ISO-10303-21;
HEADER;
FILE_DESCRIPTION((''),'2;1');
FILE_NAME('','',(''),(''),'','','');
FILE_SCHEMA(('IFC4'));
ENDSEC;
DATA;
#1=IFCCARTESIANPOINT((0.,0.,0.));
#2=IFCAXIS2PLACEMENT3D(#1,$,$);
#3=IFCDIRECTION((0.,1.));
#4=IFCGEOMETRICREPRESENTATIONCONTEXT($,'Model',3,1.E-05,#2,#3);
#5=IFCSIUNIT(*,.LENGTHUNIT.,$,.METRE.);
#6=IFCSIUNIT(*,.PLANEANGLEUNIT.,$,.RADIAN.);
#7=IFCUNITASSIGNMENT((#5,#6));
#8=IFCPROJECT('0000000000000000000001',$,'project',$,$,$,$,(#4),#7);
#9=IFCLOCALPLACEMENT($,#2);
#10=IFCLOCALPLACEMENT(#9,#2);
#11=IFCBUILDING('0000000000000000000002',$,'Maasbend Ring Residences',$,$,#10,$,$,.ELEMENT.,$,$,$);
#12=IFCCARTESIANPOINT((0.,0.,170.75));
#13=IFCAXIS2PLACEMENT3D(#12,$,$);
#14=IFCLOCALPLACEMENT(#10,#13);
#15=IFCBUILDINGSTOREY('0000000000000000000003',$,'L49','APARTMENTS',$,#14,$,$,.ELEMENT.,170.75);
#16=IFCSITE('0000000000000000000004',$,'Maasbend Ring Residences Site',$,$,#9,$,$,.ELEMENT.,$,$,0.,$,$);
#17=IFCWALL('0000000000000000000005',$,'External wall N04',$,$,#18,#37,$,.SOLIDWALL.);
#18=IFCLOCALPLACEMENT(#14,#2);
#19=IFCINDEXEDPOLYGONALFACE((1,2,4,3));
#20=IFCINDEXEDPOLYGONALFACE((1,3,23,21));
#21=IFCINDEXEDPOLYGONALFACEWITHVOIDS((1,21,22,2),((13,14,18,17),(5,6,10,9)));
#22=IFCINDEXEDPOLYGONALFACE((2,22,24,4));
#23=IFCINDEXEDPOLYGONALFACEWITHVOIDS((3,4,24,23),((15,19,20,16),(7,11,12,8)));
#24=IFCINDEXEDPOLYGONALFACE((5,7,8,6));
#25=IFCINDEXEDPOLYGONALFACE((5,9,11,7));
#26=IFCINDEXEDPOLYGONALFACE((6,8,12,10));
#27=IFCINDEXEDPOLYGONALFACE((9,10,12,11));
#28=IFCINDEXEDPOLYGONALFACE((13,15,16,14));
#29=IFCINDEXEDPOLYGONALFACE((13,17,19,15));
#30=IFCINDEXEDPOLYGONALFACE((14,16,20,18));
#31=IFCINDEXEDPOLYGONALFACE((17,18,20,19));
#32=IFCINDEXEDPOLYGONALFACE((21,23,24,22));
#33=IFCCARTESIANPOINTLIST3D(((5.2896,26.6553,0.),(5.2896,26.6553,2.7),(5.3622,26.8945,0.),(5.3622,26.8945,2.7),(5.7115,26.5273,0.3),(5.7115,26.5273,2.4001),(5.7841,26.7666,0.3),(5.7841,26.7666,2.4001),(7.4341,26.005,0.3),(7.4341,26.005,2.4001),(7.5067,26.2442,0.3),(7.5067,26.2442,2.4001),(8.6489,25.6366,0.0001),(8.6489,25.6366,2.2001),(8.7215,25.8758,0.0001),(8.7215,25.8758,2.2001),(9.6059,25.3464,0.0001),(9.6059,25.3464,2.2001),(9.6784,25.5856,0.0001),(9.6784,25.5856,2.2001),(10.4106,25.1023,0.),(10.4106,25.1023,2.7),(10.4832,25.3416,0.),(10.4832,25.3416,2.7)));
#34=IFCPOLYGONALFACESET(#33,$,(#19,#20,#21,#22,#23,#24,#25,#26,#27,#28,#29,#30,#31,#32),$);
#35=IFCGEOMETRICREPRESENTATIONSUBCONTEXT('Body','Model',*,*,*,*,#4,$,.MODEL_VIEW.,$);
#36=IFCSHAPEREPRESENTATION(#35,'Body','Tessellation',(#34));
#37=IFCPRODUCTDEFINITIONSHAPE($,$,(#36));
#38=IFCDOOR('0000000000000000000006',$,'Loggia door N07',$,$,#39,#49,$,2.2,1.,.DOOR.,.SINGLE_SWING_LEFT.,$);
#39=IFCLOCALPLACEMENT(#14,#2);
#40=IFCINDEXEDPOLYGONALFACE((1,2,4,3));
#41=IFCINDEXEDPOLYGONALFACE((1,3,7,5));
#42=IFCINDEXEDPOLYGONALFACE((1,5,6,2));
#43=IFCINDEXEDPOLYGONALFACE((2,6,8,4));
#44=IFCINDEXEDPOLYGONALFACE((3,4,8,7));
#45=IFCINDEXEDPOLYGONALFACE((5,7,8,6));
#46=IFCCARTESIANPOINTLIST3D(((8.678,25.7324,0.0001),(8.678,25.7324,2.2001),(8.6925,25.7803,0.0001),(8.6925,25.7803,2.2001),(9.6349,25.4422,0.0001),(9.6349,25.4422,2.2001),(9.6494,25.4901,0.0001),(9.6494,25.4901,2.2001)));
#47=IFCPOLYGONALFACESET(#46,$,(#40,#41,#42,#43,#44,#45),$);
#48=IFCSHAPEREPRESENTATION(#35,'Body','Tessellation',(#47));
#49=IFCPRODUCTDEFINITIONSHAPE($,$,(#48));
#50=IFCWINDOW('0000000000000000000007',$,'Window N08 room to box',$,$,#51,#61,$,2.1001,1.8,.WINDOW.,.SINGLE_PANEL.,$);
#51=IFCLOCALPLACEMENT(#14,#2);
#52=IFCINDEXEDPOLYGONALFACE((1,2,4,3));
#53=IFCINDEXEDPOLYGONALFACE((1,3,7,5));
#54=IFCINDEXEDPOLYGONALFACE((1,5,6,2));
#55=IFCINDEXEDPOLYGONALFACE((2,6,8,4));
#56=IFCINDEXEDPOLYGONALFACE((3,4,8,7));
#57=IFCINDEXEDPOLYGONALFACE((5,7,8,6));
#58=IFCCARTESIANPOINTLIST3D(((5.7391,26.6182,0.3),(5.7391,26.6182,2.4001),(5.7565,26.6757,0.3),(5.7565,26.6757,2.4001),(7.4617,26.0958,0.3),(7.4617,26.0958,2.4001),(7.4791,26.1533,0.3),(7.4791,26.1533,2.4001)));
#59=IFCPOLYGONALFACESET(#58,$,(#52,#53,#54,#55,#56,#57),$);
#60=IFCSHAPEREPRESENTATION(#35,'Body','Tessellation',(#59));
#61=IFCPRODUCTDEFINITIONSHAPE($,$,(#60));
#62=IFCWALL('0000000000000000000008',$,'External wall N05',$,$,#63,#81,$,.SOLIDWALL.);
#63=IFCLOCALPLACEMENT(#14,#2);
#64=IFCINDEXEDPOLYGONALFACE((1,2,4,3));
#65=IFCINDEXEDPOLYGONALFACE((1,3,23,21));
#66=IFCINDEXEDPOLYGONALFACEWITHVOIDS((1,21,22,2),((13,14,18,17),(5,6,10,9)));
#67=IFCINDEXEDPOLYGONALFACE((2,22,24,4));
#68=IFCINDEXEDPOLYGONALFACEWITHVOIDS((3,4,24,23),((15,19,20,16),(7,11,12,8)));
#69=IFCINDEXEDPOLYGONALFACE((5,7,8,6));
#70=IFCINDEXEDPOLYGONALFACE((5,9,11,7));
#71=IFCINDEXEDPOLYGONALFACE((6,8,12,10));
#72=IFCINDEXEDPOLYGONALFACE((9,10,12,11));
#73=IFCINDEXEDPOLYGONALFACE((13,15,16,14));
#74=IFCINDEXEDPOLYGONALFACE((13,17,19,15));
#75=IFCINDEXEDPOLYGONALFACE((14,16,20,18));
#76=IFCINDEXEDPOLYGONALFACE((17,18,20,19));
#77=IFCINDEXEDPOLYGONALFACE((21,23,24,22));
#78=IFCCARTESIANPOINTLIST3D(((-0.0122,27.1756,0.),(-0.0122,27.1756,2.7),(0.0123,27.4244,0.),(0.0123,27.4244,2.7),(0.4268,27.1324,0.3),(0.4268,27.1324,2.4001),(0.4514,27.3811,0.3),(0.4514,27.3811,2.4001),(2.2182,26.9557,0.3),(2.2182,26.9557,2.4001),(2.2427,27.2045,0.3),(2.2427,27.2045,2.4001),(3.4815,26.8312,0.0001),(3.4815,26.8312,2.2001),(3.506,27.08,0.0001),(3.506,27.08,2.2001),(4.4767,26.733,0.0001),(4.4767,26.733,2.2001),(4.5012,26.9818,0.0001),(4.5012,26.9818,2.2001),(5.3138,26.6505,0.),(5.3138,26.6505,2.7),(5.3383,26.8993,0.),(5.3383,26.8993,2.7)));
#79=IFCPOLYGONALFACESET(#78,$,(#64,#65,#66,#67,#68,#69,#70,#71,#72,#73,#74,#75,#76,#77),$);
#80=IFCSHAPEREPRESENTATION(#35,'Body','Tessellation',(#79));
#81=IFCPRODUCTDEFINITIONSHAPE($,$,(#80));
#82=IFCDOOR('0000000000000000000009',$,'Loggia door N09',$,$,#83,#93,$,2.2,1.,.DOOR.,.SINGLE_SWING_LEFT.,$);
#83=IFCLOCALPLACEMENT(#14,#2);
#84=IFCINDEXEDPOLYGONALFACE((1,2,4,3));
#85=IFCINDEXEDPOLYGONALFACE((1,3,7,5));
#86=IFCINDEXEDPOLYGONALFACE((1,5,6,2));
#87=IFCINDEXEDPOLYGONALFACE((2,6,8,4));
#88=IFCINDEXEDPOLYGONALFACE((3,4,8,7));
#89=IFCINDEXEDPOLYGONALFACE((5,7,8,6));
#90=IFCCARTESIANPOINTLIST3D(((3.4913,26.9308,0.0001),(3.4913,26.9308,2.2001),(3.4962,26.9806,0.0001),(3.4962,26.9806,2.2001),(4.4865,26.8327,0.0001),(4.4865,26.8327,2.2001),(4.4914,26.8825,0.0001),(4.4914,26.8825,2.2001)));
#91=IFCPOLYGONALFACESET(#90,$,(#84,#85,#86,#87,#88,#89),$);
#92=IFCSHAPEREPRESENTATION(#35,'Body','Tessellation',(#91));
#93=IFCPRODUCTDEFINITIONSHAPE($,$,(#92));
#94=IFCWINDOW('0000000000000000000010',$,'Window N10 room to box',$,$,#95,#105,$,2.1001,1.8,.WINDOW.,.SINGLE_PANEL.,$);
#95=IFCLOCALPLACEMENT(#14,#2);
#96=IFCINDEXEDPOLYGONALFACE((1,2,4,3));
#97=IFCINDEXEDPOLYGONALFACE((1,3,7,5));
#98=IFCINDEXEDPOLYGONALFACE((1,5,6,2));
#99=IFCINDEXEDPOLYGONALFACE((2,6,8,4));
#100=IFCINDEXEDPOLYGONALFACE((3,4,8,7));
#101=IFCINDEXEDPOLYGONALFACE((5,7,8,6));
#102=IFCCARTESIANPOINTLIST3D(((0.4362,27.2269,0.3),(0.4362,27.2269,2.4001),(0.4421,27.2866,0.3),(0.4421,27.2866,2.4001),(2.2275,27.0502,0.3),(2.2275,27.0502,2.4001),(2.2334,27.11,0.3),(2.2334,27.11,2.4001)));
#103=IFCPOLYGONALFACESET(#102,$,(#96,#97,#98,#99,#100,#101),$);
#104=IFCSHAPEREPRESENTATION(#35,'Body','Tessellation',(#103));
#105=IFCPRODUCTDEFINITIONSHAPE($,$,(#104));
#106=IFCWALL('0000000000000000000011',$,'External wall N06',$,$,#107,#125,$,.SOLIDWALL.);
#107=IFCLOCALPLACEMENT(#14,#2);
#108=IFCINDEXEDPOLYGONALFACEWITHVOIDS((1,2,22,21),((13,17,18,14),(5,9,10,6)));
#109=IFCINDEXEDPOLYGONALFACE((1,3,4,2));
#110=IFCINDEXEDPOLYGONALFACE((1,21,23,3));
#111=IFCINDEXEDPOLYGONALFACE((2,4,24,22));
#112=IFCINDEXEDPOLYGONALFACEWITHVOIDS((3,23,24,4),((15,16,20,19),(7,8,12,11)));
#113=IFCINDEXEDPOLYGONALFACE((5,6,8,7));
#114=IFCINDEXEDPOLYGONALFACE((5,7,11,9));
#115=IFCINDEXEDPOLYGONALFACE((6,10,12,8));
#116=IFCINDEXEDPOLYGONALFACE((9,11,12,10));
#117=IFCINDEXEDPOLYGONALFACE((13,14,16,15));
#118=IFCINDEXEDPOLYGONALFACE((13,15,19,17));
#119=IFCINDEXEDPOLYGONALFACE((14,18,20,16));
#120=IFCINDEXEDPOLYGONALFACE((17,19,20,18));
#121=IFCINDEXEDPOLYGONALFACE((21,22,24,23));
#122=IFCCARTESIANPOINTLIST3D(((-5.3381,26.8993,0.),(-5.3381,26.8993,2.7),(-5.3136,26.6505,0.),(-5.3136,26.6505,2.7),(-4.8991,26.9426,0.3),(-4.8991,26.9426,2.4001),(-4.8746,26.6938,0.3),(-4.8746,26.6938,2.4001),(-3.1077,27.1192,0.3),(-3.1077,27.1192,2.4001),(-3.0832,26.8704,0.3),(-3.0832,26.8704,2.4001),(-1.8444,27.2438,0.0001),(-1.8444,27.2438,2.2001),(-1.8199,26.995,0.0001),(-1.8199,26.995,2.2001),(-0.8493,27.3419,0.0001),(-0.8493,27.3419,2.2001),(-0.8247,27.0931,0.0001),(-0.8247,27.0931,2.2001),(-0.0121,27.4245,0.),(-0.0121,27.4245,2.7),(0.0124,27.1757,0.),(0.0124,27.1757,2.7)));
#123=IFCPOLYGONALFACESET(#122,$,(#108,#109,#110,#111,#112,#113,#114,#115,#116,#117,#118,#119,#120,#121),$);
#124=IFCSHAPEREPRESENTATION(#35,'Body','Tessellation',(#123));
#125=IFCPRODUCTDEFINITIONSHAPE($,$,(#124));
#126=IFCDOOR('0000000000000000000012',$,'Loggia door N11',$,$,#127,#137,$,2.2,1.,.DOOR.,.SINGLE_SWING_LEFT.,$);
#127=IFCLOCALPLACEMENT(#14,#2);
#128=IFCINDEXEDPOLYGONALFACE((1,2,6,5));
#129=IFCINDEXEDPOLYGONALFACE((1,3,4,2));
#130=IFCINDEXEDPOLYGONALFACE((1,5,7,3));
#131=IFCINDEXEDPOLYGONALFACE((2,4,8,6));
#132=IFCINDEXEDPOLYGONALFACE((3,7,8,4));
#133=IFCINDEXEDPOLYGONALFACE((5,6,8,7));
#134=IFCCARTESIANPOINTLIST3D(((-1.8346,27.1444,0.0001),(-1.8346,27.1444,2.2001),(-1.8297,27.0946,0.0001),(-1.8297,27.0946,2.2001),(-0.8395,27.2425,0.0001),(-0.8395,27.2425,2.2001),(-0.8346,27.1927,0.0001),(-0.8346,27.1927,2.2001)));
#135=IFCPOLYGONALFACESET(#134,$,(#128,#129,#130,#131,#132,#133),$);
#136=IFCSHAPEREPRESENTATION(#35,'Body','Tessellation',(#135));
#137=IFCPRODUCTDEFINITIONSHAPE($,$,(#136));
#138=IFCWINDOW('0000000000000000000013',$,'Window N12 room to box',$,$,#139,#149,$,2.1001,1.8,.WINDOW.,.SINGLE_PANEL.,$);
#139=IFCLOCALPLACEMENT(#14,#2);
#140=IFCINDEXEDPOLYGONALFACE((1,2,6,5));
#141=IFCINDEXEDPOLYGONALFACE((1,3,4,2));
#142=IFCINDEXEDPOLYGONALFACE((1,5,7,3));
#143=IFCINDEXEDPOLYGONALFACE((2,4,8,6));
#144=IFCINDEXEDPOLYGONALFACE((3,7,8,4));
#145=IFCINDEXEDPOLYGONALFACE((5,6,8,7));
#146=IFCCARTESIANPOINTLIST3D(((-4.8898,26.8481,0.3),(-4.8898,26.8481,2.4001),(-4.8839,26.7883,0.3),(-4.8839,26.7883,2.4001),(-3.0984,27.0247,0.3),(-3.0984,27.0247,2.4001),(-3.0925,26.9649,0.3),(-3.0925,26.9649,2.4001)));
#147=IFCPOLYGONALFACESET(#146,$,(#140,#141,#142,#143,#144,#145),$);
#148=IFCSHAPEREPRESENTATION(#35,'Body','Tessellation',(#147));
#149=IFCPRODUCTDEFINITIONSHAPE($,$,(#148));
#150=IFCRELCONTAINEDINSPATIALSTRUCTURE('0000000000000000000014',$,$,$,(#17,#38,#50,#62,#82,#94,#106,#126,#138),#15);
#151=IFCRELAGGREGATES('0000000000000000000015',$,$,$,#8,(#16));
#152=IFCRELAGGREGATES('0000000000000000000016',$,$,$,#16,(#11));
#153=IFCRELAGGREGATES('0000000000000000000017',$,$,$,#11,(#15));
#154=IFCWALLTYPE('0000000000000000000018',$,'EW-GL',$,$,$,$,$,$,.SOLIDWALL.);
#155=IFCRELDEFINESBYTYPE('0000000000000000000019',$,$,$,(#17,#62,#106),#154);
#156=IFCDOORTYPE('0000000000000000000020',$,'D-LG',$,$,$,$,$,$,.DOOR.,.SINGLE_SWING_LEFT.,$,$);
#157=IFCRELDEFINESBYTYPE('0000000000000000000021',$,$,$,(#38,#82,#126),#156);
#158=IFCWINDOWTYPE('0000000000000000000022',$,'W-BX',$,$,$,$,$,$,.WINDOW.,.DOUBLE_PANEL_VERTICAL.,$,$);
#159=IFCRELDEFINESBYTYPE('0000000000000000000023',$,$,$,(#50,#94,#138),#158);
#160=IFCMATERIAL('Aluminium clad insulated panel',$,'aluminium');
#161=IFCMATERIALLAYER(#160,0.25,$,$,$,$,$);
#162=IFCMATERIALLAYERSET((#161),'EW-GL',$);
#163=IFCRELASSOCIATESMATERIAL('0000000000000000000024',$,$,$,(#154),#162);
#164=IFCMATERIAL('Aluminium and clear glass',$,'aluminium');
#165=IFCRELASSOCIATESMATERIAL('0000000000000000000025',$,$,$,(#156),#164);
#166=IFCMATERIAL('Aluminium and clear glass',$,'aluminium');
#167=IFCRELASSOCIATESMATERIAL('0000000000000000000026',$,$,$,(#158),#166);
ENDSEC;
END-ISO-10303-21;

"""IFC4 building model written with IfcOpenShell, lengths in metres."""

from ifc_helpers import new_model, si_unit, direction, frame, frame_2d, origin, place, context, subcontext, project, spatial, rectangle, extrude, material, layer, layer_set, type_object, element, fill, save


model = new_model("IFC4")

# Units and contexts
model_context = context("Model", 3, precision=1e-05, world=origin(), true_north=direction((0.0, 1.0)))
body_context = subcontext(model_context, "Body", "Model", "MODEL_VIEW")
ifc_project = project(units=[si_unit("LENGTHUNIT", "METRE"), si_unit("PLANEANGLEUNIT", "RADIAN")], contexts=[model_context])

# Site, building, storey
site_placement = place(None, origin())
site = spatial("IfcSite", under=ifc_project, at=site_placement, Name="Maasbend Ring Residences Site", CompositionType="ELEMENT", RefElevation=0.0)
building_placement = place(site_placement, origin())
building = spatial("IfcBuilding", under=site, at=building_placement, Name="Maasbend Ring Residences", CompositionType="ELEMENT")
storey_placement = place(building_placement, frame((0.0, 0.0, 170.75)))
storey = spatial("IfcBuildingStorey", under=building, at=storey_placement, Name="L49", Description="APARTMENTS", CompositionType="ELEMENT", Elevation=170.75)

# Walls, openings, doors, windows
ifc_material_1 = material(Name="Aluminium clad insulated panel", Category="aluminium")
ifc_layer_1 = layer(ifc_material_1, 0.25)
ifc_layer_set_1 = layer_set([ifc_layer_1], Name="EW-GL")
wall_type_1 = type_object("IfcWallType", Name="EW-GL", PredefinedType="SOLIDWALL", material=ifc_layer_set_1)
wall_1_placement = place(storey_placement, frame((10.447, 25.2219, 0.0), z_axis=(0.0, 0.0, 1.0), x_axis=(-0.956966, 0.290201, 0.0)))
wall_1 = element("IfcWall", 1, at=wall_1_placement, inside=storey, type_object=wall_type_1, Name="External wall N04", PredefinedType="SOLIDWALL", context=body_context, shape_type="SweptSolid", body=[
    extrude(rectangle(XDim=5.3513, YDim=0.25, at=frame_2d((2.6758, 0.0))), origin(), (0.0, 0.0, 1.0), 2.7),
])
opening_1_placement = place(wall_1_placement, frame((0.8411, 0.0, 0.0)))
opening_1 = element("IfcOpeningElement", 2, at=opening_1_placement, cuts=wall_1, PredefinedType="OPENING", context=body_context, shape_type="SweptSolid", body=[
    extrude(rectangle(XDim=1.0, YDim=2.2, at=frame_2d((0.5, 1.1001))), frame((0.0, 0.135, 0.0), z_axis=(0.0, -1.0, 0.0), x_axis=(1.0, 0.0, 0.0)), (0.0, 0.0, 1.0), 0.27),
])
opening_2_placement = place(wall_1_placement, frame((3.1106, 0.0, 0.3)))
opening_2 = element("IfcOpeningElement", 3, at=opening_2_placement, cuts=wall_1, PredefinedType="OPENING", context=body_context, shape_type="SweptSolid", body=[
    extrude(rectangle(XDim=1.8, YDim=2.1001, at=frame_2d((0.8999, 1.05))), frame((0.0, 0.135, 0.0), z_axis=(0.0, -1.0, 0.0), x_axis=(1.0, 0.0, 0.0)), (0.0, 0.0, 1.0), 0.27),
])
ifc_material_2 = material(Name="Aluminium and clear glass", Category="aluminium")
door_type_1 = type_object("IfcDoorType", Name="D-LG", OperationType="SINGLE_SWING_LEFT", PredefinedType="DOOR", material=ifc_material_2)
door_1_placement = place(opening_1_placement, origin())
door_1 = element("IfcDoor", 4, at=door_1_placement, inside=storey, type_object=door_type_1, Name="Loggia door N07", OperationType="SINGLE_SWING_LEFT", OverallHeight=2.2, OverallWidth=1.0, PredefinedType="DOOR", context=body_context, shape_type="SweptSolid", body=[
    extrude(rectangle(XDim=1.0, YDim=2.2, at=frame_2d((0.5, 1.1001))), frame((0.0, 0.0249, 0.0), z_axis=(0.0, -1.0, 0.0), x_axis=(1.0, 0.0, 0.0)), (0.0, 0.0, 1.0), 0.05),
])
fill(opening_1, door_1)
ifc_material_3 = material(Name="Aluminium and clear glass", Category="aluminium")
window_type_1 = type_object("IfcWindowType", Name="W-BX", PartitioningType="DOUBLE_PANEL_VERTICAL", PredefinedType="WINDOW", material=ifc_material_3)
window_1_placement = place(opening_2_placement, origin())
window_1 = element("IfcWindow", 5, at=window_1_placement, inside=storey, type_object=window_type_1, Name="Window N08 room to box", OverallHeight=2.1001, OverallWidth=1.8, PartitioningType="SINGLE_PANEL", PredefinedType="WINDOW", context=body_context, shape_type="SweptSolid", body=[
    extrude(rectangle(XDim=1.8, YDim=2.1001, at=frame_2d((0.8999, 1.05))), frame((0.0, 0.03, 0.0), z_axis=(0.0, -1.0, 0.0), x_axis=(1.0, 0.0, 0.0)), (0.0, 0.0, 1.0), 0.0601),
])
fill(opening_2, window_1)
wall_2_placement = place(storey_placement, frame((5.3259, 26.7749, 0.0), z_axis=(0.0, 0.0, 1.0), x_axis=(-0.995174, 0.098126, 0.0)))
wall_2 = element("IfcWall", 6, at=wall_2_placement, inside=storey, type_object=wall_type_1, Name="External wall N05", PredefinedType="SOLIDWALL", context=body_context, shape_type="SweptSolid", body=[
    extrude(rectangle(XDim=5.3518, YDim=0.25, at=frame_2d((2.6758, 0.0))), origin(), (0.0, 0.0, 1.0), 2.7),
])
opening_3_placement = place(wall_2_placement, frame((0.8411, 0.0, 0.0)))
opening_3 = element("IfcOpeningElement", 7, at=opening_3_placement, cuts=wall_2, PredefinedType="OPENING", context=body_context, shape_type="SweptSolid", body=[
    extrude(rectangle(XDim=1.0, YDim=2.2, at=frame_2d((0.5, 1.1001))), frame((0.0, 0.135, 0.0), z_axis=(0.0, -1.0, 0.0), x_axis=(1.0, 0.0, 0.0)), (0.0, 0.0, 1.0), 0.27),
])
opening_4_placement = place(wall_2_placement, frame((3.1106, 0.0, 0.3)))
opening_4 = element("IfcOpeningElement", 8, at=opening_4_placement, cuts=wall_2, PredefinedType="OPENING", context=body_context, shape_type="SweptSolid", body=[
    extrude(rectangle(XDim=1.8, YDim=2.1001, at=frame_2d((0.8999, 1.05))), frame((0.0, 0.135, 0.0), z_axis=(0.0, -1.0, 0.0), x_axis=(1.0, 0.0, 0.0)), (0.0, 0.0, 1.0), 0.27),
])
door_2_placement = place(opening_3_placement, origin())
door_2 = element("IfcDoor", 9, at=door_2_placement, inside=storey, type_object=door_type_1, Name="Loggia door N09", OperationType="SINGLE_SWING_LEFT", OverallHeight=2.2, OverallWidth=1.0, PredefinedType="DOOR", context=body_context, shape_type="SweptSolid", body=[
    extrude(rectangle(XDim=1.0, YDim=2.2, at=frame_2d((0.5, 1.1001))), frame((0.0, 0.0249, 0.0), z_axis=(0.0, -1.0, 0.0), x_axis=(1.0, 0.0, 0.0)), (0.0, 0.0, 1.0), 0.05),
])
fill(opening_3, door_2)
window_2_placement = place(opening_4_placement, origin())
window_2 = element("IfcWindow", 10, at=window_2_placement, inside=storey, type_object=window_type_1, Name="Window N10 room to box", OverallHeight=2.1001, OverallWidth=1.8, PartitioningType="SINGLE_PANEL", PredefinedType="WINDOW", context=body_context, shape_type="SweptSolid", body=[
    extrude(rectangle(XDim=1.8, YDim=2.1001, at=frame_2d((0.8999, 1.05))), frame((0.0, 0.03, 0.0), z_axis=(0.0, -1.0, 0.0), x_axis=(1.0, 0.0, 0.0)), (0.0, 0.0, 1.0), 0.0601),
])
fill(opening_4, window_2)
wall_3_placement = place(storey_placement, frame((0.0, 27.3, 0.0), z_axis=(0.0, 0.0, 1.0), x_axis=(-0.995174, -0.098126, 0.0)))
wall_3 = element("IfcWall", 11, at=wall_3_placement, inside=storey, type_object=wall_type_1, Name="External wall N06", PredefinedType="SOLIDWALL", context=body_context, shape_type="SweptSolid", body=[
    extrude(rectangle(XDim=5.3518, YDim=0.25, at=frame_2d((2.6758, 0.0))), origin(), (0.0, 0.0, 1.0), 2.7),
])
opening_5_placement = place(wall_3_placement, frame((0.8411, 0.0, 0.0)))
opening_5 = element("IfcOpeningElement", 12, at=opening_5_placement, cuts=wall_3, PredefinedType="OPENING", context=body_context, shape_type="SweptSolid", body=[
    extrude(rectangle(XDim=1.0, YDim=2.2, at=frame_2d((0.5, 1.1001))), frame((0.0, 0.135, 0.0), z_axis=(0.0, -1.0, 0.0), x_axis=(1.0, 0.0, 0.0)), (0.0, 0.0, 1.0), 0.27),
])
opening_6_placement = place(wall_3_placement, frame((3.1106, 0.0, 0.3)))
opening_6 = element("IfcOpeningElement", 13, at=opening_6_placement, cuts=wall_3, PredefinedType="OPENING", context=body_context, shape_type="SweptSolid", body=[
    extrude(rectangle(XDim=1.8, YDim=2.1001, at=frame_2d((0.8999, 1.05))), frame((0.0, 0.135, 0.0), z_axis=(0.0, -1.0, 0.0), x_axis=(1.0, 0.0, 0.0)), (0.0, 0.0, 1.0), 0.27),
])
door_3_placement = place(opening_5_placement, origin())
door_3 = element("IfcDoor", 14, at=door_3_placement, inside=storey, type_object=door_type_1, Name="Loggia door N11", OperationType="SINGLE_SWING_LEFT", OverallHeight=2.2, OverallWidth=1.0, PredefinedType="DOOR", context=body_context, shape_type="SweptSolid", body=[
    extrude(rectangle(XDim=1.0, YDim=2.2, at=frame_2d((0.5, 1.1001))), frame((0.0, 0.0249, 0.0), z_axis=(0.0, -1.0, 0.0), x_axis=(1.0, 0.0, 0.0)), (0.0, 0.0, 1.0), 0.05),
])
fill(opening_5, door_3)
window_3_placement = place(opening_6_placement, origin())
window_3 = element("IfcWindow", 15, at=window_3_placement, inside=storey, type_object=window_type_1, Name="Window N12 room to box", OverallHeight=2.1001, OverallWidth=1.8, PartitioningType="SINGLE_PANEL", PredefinedType="WINDOW", context=body_context, shape_type="SweptSolid", body=[
    extrude(rectangle(XDim=1.8, YDim=2.1001, at=frame_2d((0.8999, 1.05))), frame((0.0, 0.03, 0.0), z_axis=(0.0, -1.0, 0.0), x_axis=(1.0, 0.0, 0.0)), (0.0, 0.0, 1.0), 0.0601),
])
fill(opening_6, window_3)

save(model, "model.ifc")
